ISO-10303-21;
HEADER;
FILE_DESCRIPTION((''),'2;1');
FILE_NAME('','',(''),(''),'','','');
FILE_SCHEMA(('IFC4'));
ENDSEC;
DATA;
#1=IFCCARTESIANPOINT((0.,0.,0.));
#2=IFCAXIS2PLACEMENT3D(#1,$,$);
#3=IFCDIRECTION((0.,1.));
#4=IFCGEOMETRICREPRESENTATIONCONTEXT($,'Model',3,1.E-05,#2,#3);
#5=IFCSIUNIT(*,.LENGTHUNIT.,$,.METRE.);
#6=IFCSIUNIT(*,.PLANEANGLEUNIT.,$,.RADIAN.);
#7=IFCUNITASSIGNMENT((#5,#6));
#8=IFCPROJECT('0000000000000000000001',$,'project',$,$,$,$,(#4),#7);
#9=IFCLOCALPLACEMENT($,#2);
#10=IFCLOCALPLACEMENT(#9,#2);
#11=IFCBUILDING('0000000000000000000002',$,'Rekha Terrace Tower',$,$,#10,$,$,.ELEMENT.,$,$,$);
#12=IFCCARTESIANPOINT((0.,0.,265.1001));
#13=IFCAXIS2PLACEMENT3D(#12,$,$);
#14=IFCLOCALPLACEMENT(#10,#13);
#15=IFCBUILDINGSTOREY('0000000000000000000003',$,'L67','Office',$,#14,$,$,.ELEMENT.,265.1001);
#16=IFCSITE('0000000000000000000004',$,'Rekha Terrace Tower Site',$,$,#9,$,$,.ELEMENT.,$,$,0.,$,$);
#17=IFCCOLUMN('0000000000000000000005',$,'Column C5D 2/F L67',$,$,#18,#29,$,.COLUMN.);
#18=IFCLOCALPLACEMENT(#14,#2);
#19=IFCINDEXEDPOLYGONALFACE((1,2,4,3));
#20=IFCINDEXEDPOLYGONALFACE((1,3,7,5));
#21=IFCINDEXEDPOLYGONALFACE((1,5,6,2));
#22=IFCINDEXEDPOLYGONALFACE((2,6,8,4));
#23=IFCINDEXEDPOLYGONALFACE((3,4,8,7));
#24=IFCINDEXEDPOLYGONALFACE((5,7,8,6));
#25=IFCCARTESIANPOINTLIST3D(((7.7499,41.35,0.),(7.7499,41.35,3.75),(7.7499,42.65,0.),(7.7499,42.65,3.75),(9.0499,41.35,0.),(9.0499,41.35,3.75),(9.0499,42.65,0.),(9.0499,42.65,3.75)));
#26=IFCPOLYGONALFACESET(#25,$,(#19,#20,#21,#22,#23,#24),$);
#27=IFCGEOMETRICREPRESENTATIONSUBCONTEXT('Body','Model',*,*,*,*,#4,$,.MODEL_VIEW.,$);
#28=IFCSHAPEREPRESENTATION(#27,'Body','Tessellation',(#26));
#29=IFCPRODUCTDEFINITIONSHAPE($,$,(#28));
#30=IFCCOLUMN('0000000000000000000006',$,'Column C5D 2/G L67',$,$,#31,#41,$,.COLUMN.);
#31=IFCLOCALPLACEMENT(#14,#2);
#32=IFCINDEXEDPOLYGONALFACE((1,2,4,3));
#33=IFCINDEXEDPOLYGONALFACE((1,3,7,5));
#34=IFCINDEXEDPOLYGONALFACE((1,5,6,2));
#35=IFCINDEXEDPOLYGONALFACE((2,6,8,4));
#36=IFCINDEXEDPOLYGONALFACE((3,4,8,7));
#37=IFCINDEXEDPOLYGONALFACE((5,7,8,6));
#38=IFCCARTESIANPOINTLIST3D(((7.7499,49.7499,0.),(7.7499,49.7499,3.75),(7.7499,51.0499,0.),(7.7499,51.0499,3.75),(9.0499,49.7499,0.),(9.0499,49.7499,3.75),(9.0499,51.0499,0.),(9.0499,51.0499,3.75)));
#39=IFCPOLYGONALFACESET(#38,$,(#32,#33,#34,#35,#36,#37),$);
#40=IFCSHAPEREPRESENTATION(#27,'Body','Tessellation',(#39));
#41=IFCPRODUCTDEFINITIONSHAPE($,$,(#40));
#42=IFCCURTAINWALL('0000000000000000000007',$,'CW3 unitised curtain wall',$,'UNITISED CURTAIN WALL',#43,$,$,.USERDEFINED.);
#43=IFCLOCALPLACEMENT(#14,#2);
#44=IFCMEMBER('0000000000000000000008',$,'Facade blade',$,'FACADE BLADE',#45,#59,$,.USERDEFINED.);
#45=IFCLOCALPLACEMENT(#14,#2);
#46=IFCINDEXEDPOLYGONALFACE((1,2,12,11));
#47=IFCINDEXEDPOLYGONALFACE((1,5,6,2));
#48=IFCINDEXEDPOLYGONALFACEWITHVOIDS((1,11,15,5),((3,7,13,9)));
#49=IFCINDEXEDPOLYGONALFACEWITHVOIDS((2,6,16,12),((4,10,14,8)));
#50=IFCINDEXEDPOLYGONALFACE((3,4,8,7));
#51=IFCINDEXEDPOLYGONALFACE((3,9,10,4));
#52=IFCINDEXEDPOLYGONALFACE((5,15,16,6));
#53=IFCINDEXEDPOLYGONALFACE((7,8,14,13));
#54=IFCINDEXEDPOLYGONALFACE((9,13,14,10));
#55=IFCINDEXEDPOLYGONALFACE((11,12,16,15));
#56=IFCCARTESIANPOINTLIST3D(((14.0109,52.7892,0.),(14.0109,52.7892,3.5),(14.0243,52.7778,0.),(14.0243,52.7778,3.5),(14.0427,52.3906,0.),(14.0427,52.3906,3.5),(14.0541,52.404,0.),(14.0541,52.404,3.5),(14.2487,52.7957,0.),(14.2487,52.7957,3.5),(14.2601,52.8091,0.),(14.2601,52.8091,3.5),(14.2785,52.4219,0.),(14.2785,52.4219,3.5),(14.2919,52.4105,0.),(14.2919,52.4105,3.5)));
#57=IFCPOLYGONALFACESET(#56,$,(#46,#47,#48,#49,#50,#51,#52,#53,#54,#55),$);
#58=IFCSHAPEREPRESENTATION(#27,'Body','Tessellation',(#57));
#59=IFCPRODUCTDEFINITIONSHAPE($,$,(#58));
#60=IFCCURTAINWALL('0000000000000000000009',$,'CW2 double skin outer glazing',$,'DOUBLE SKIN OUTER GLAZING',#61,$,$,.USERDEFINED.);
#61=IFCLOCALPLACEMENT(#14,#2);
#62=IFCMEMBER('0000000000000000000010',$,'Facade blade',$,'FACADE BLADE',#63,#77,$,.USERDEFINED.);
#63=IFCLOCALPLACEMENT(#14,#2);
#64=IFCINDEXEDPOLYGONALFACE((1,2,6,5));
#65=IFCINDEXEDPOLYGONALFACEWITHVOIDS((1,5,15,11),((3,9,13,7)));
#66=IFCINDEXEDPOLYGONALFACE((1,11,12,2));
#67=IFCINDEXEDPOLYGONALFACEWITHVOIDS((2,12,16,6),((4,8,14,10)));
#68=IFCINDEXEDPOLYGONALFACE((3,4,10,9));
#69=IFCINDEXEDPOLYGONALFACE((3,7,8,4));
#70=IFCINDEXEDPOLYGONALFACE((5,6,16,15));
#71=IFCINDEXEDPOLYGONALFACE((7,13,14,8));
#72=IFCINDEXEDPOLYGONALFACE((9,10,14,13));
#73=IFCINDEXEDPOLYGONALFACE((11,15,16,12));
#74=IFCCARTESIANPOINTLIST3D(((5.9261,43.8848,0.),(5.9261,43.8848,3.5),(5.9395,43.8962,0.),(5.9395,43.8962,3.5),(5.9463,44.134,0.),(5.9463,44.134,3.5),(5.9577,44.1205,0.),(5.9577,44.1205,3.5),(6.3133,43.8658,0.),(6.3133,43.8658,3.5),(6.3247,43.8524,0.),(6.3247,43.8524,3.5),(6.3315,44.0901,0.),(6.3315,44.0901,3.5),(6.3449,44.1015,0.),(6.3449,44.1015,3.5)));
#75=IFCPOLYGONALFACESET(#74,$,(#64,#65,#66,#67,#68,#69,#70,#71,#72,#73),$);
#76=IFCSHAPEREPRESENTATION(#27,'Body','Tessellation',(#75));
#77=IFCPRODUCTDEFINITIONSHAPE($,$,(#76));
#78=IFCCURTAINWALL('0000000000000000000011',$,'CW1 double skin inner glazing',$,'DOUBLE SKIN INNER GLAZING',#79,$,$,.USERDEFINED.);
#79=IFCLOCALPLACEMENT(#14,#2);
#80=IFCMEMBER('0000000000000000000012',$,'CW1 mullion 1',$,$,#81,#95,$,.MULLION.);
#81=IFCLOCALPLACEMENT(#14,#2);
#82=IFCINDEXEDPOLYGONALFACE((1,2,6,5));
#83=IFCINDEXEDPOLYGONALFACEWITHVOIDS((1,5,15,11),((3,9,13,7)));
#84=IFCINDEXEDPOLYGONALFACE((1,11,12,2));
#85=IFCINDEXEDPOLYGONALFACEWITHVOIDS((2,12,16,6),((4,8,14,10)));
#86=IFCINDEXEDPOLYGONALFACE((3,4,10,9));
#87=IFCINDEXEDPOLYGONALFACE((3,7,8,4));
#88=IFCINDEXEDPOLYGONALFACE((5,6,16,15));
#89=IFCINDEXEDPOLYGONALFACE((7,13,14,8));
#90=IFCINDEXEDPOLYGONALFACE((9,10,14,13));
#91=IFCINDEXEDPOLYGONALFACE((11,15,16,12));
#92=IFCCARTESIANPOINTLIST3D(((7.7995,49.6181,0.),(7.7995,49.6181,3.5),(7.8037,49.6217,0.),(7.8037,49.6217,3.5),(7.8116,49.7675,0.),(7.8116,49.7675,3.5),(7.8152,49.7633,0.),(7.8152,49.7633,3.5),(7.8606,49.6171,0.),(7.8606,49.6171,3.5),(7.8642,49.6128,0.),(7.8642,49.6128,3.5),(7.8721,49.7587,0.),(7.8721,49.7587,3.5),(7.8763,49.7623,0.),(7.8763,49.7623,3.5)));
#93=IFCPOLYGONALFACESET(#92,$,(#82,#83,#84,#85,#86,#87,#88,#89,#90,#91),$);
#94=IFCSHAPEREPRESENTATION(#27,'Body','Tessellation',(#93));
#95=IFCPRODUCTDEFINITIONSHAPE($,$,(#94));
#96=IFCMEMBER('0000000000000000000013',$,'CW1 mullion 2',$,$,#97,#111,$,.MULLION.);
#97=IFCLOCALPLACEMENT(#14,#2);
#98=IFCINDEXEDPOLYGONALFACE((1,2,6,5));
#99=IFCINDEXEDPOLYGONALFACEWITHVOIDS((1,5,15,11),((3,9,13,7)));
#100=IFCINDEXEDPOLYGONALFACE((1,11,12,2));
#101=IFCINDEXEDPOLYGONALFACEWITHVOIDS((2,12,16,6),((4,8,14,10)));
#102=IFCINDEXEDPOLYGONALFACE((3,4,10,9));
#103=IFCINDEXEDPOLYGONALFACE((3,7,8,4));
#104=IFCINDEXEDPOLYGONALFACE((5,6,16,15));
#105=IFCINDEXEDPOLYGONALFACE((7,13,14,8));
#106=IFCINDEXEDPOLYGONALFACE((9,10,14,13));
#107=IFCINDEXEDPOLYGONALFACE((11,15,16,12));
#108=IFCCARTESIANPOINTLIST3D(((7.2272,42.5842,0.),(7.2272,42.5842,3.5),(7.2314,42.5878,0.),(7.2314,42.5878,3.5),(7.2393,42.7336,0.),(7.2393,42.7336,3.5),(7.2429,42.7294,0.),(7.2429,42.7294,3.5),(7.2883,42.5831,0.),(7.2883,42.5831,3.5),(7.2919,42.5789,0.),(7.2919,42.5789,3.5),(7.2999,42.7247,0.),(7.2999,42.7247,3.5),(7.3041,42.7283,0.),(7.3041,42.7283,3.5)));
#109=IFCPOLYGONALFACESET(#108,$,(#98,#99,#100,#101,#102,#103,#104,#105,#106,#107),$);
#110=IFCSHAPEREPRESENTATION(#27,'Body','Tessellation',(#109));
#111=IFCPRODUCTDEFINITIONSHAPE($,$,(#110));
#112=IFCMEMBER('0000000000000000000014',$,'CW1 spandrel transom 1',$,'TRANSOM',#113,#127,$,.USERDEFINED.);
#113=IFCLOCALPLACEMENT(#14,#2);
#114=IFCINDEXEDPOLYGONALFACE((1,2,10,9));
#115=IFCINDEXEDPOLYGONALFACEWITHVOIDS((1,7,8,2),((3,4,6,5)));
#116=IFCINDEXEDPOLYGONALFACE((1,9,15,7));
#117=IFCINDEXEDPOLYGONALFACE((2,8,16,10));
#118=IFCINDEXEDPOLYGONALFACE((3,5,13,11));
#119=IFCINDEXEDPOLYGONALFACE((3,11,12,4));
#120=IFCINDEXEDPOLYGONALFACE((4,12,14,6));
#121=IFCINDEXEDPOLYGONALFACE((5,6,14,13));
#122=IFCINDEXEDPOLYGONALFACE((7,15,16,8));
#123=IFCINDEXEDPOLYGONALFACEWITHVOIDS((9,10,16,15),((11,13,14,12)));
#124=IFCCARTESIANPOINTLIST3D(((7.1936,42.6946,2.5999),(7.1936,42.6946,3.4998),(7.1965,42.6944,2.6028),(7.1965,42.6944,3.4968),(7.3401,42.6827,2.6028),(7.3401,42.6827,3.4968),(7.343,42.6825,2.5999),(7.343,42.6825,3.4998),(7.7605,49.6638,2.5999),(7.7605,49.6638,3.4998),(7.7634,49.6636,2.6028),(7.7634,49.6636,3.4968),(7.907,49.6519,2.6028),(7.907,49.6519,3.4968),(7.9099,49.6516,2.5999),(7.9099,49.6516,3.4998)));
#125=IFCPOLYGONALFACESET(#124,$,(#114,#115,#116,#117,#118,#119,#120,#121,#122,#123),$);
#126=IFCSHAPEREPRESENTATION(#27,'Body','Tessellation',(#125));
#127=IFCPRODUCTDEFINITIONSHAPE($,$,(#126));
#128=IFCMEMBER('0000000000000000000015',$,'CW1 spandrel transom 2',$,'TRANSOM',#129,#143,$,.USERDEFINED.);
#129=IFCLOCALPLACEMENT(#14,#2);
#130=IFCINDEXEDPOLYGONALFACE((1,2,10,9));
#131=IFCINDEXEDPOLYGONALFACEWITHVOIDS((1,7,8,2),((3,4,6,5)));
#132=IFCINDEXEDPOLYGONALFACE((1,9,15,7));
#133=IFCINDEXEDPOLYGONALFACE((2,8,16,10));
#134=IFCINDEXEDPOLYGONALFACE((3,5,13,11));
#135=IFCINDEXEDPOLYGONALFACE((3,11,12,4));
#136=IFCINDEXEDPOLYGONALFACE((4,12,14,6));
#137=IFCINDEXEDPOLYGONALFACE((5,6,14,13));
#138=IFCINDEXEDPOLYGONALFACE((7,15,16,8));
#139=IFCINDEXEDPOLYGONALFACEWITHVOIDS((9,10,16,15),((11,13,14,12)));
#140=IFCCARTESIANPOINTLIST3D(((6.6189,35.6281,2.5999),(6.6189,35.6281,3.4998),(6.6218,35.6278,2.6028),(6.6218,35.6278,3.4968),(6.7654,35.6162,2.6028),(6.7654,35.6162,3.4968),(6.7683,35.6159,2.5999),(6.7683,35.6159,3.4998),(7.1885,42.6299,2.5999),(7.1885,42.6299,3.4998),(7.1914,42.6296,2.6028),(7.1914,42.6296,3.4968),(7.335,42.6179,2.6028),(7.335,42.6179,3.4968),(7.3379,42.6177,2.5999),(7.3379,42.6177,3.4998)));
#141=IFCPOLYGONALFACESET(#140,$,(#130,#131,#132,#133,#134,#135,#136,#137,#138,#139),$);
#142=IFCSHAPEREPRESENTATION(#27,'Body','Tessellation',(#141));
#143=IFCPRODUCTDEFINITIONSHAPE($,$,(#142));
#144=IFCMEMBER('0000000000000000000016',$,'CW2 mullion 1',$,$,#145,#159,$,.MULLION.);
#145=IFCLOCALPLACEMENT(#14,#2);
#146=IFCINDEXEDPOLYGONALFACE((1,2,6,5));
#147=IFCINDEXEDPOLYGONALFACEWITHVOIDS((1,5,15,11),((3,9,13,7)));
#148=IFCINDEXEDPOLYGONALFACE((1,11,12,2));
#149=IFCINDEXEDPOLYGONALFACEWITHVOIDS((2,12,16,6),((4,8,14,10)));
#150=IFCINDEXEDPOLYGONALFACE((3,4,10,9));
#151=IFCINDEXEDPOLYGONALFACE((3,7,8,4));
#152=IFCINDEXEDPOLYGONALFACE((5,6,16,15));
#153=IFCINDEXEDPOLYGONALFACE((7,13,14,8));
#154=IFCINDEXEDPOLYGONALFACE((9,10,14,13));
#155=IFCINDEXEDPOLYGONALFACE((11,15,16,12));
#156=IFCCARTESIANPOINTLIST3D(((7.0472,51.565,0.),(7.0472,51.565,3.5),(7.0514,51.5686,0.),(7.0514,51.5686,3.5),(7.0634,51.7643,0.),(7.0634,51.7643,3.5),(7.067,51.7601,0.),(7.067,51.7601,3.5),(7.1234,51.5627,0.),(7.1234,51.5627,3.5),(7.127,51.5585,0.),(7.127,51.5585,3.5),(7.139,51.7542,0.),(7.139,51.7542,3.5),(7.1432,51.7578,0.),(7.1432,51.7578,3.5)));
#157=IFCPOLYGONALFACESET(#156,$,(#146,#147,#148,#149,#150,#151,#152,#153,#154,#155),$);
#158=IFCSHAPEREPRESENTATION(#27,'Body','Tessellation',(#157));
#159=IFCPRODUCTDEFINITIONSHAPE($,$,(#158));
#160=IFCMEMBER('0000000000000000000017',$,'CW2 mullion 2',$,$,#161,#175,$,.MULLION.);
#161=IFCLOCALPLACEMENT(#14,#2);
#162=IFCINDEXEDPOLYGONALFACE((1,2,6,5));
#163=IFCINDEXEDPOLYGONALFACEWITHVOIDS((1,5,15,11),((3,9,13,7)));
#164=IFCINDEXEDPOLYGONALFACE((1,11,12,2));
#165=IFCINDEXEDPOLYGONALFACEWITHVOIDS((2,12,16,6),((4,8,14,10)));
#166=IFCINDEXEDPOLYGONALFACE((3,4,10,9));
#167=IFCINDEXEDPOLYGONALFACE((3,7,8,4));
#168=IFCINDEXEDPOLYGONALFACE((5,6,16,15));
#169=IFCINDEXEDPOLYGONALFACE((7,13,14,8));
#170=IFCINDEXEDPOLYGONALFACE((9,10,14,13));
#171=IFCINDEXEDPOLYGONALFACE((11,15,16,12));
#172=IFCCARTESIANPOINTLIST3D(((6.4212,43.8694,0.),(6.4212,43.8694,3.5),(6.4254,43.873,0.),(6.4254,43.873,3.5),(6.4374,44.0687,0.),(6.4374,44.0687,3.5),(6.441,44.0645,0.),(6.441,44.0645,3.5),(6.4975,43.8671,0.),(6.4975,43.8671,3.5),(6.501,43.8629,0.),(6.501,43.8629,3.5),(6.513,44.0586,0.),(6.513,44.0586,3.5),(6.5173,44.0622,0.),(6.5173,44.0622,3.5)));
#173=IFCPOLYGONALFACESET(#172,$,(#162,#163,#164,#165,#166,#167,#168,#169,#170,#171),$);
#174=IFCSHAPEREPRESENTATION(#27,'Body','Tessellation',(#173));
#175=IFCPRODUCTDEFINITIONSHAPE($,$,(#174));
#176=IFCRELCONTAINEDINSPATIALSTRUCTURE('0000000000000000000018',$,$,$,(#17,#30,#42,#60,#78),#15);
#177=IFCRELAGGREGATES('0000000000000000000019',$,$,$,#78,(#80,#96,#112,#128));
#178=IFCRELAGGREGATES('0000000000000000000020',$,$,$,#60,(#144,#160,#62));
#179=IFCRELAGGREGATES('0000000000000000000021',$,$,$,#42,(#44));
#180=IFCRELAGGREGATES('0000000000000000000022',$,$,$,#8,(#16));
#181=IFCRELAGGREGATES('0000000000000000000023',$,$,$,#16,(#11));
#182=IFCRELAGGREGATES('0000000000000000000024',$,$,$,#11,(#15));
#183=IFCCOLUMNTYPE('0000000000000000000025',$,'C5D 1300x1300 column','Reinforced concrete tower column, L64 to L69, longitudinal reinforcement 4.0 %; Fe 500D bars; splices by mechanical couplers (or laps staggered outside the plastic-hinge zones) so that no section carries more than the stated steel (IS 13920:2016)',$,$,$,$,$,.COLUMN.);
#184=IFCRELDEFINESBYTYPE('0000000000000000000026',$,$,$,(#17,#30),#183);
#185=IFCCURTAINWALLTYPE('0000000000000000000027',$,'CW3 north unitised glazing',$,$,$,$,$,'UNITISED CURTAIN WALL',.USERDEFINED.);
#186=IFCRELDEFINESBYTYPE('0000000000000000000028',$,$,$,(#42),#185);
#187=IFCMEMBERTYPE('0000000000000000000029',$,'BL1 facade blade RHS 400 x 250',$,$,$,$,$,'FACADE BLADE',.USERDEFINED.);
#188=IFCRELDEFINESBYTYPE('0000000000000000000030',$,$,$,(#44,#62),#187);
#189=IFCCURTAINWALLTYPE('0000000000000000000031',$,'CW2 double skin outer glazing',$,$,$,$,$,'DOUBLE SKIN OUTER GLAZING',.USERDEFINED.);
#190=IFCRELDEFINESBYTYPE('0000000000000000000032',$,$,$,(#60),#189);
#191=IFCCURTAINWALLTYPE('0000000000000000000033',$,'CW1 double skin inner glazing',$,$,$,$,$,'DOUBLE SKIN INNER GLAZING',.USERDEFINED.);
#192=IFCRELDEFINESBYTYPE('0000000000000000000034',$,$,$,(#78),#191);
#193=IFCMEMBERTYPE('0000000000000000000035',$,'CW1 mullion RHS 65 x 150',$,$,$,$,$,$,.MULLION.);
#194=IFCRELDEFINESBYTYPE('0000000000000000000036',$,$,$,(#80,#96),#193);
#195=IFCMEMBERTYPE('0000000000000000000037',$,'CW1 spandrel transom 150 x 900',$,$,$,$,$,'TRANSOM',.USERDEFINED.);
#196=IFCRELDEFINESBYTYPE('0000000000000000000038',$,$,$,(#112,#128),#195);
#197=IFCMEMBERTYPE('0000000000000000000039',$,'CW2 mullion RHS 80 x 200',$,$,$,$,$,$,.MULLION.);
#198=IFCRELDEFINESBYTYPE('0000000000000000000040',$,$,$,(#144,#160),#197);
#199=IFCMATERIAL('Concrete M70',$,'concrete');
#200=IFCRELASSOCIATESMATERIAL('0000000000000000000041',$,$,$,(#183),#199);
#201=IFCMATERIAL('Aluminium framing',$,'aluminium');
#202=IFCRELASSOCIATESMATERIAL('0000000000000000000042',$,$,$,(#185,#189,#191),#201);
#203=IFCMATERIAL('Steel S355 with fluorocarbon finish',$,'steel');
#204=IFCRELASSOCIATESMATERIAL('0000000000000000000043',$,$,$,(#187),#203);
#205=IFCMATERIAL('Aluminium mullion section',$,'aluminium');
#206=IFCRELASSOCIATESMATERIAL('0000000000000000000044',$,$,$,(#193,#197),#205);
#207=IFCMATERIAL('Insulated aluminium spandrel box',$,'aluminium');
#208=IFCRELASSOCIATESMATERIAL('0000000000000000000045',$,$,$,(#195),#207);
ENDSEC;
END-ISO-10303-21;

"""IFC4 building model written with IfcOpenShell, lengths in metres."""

from ifc_helpers import new_model, si_unit, direction, frame, origin, origin_2d, place, context, subcontext, project, spatial, rectangle, hollow_rectangle, extrude, material, material_profile, profile_set, type_object, element, aggregate, save


model = new_model("IFC4")

# Units and contexts
model_context = context("Model", 3, precision=1e-05, world=origin(), true_north=direction((0.0, 1.0)))
body_context = subcontext(model_context, "Body", "Model", "MODEL_VIEW")
ifc_project = project(units=[si_unit("LENGTHUNIT", "METRE"), si_unit("PLANEANGLEUNIT", "RADIAN")], contexts=[model_context])

# Site, building, storey
site_placement = place(None, origin())
site = spatial("IfcSite", under=ifc_project, at=site_placement, Name="Rekha Terrace Tower Site", CompositionType="ELEMENT", RefElevation=0.0)
building_placement = place(site_placement, origin())
building = spatial("IfcBuilding", under=site, at=building_placement, Name="Rekha Terrace Tower", CompositionType="ELEMENT")
storey_placement = place(building_placement, frame((0.0, 0.0, 265.1001)))
storey = spatial("IfcBuildingStorey", under=building, at=storey_placement, Name="L67", Description="Office", CompositionType="ELEMENT", Elevation=265.1001)

# Columns
ifc_material_1 = material(Name="Concrete M70", Category="concrete")
ifc_material_profile_1 = material_profile(ifc_material_1, rectangle(XDim=1.3, YDim=1.3, at=origin_2d()), Name="RC 1300x1300")
ifc_profile_set_1 = profile_set([ifc_material_profile_1], Name="Concrete M70")
column_type = type_object("IfcColumnType", Name="C5D 1300x1300 column", Description="Reinforced concrete tower column, L64 to L69, longitudinal reinforcement 4.0 %; Fe 500D bars; splices by mechanical couplers (or laps staggered outside the plastic-hinge zones) so that no section carries more than the stated steel (IS 13920:2016)", PredefinedType="COLUMN", material=ifc_profile_set_1)
for number, where, z_axis, x_axis, name in (
    (1, (8.3999, 42.0, 0.0), (0.0, 0.0, 1.0), (1.0, 0.0, 0.0), "Column C5D 2/F L67"),
    (2, (8.3999, 50.3999, 0.0), (0.0, 0.0, 1.0), (1.0, 0.0, 0.0), "Column C5D 2/G L67"),
):
    element("IfcColumn", number, at=place(storey_placement, frame(where, z_axis=z_axis, x_axis=x_axis)), inside=storey, type_object=column_type, Name=name, PredefinedType="COLUMN", context=body_context, shape_type="SweptSolid", body=[
        extrude(rectangle(XDim=1.3, YDim=1.3, at=origin_2d()), origin(), (0.0, 0.0, 1.0), 3.75),
    ])

# Curtain walls, members
ifc_material_2 = material(Name="Aluminium framing", Category="aluminium")
curtain_wall_type_1 = type_object("IfcCurtainWallType", Name="CW3 north unitised glazing", ElementType="UNITISED CURTAIN WALL", PredefinedType="USERDEFINED", material=ifc_material_2)
curtain_wall_1_placement = place(storey_placement, origin())
curtain_wall_1 = element("IfcCurtainWall", 3, at=curtain_wall_1_placement, inside=storey, type_object=curtain_wall_type_1, Name="CW3 unitised curtain wall", ObjectType="UNITISED CURTAIN WALL", PredefinedType="USERDEFINED")
ifc_material_3 = material(Name="Steel S355 with fluorocarbon finish", Category="steel")
ifc_material_profile_2 = material_profile(ifc_material_3, hollow_rectangle(XDim=0.25, YDim=0.3999, WallThickness=0.0125, at=origin_2d()), Name="RHS400x250x12.5")
ifc_profile_set_2 = profile_set([ifc_material_profile_2], Name="Steel S355 with fluorocarbon finish")
member_type_1 = type_object("IfcMemberType", Name="BL1 facade blade RHS 400 x 250", ElementType="FACADE BLADE", PredefinedType="USERDEFINED", material=ifc_profile_set_2)
member_1_placement = place(storey_placement, frame((14.1514, 52.5999, 0.0), z_axis=(0.0, 0.0, 1.0), x_axis=(-0.996836, -0.079486, 0.0)))
member_1 = element("IfcMember", 4, at=member_1_placement, type_object=member_type_1, Name="Facade blade", ObjectType="FACADE BLADE", PredefinedType="USERDEFINED", context=body_context, shape_type="SweptSolid", body=[
    extrude(hollow_rectangle(XDim=0.25, YDim=0.3999, WallThickness=0.0125, at=origin_2d()), origin(), (0.0, 0.0, 1.0), 3.5),
])
curtain_wall_type_2 = type_object("IfcCurtainWallType", Name="CW2 double skin outer glazing", ElementType="DOUBLE SKIN OUTER GLAZING", PredefinedType="USERDEFINED", material=ifc_material_2)
curtain_wall_2_placement = place(storey_placement, origin())
curtain_wall_2 = element("IfcCurtainWall", 5, at=curtain_wall_2_placement, inside=storey, type_object=curtain_wall_type_2, Name="CW2 double skin outer glazing", ObjectType="DOUBLE SKIN OUTER GLAZING", PredefinedType="USERDEFINED")
member_2_placement = place(storey_placement, frame((6.1355, 43.9932, 0.0), z_axis=(0.0, 0.0, 1.0), x_axis=(-0.081069, -0.996709, 0.0)))
member_2 = element("IfcMember", 6, at=member_2_placement, type_object=member_type_1, Name="Facade blade", ObjectType="FACADE BLADE", PredefinedType="USERDEFINED", context=body_context, shape_type="SweptSolid", body=[
    extrude(hollow_rectangle(XDim=0.25, YDim=0.3999, WallThickness=0.0125, at=origin_2d()), origin(), (0.0, 0.0, 1.0), 3.5),
])

# Curtain wall, members
curtain_wall_type_3 = type_object("IfcCurtainWallType", Name="CW1 double skin inner glazing", ElementType="DOUBLE SKIN INNER GLAZING", PredefinedType="USERDEFINED", material=ifc_material_2)
curtain_wall_3_placement = place(storey_placement, origin())
curtain_wall_3 = element("IfcCurtainWall", 7, at=curtain_wall_3_placement, inside=storey, type_object=curtain_wall_type_3, Name="CW1 double skin inner glazing", ObjectType="DOUBLE SKIN INNER GLAZING", PredefinedType="USERDEFINED")
ifc_material_4 = material(Name="Aluminium mullion section", Category="aluminium")
ifc_material_profile_3 = material_profile(ifc_material_4, hollow_rectangle(XDim=0.0649, YDim=0.1499, WallThickness=0.0039, at=origin_2d()), Name="AL RHS 65x150")
ifc_profile_set_3 = profile_set([ifc_material_profile_3], Name="Aluminium mullion section")
member_type_2 = type_object("IfcMemberType", Name="CW1 mullion RHS 65 x 150", PredefinedType="MULLION", material=ifc_profile_set_3)
member_3_placement = place(storey_placement, frame((7.8379, 49.6902, 0.0), z_axis=(0.0, 0.0, 1.0), x_axis=(0.996709, -0.081068, 0.0)))
member_3 = element("IfcMember", 8, at=member_3_placement, type_object=member_type_2, Name="CW1 mullion 1", PredefinedType="MULLION", context=body_context, shape_type="SweptSolid", body=[
    extrude(hollow_rectangle(XDim=0.0649, YDim=0.1499, WallThickness=0.0039, at=origin_2d()), origin(), (0.0, 0.0, 1.0), 3.5),
])
member_4_placement = place(storey_placement, frame((7.2656, 42.6562, 0.0), z_axis=(0.0, 0.0, 1.0), x_axis=(0.996709, -0.081068, 0.0)))
member_4 = element("IfcMember", 9, at=member_4_placement, type_object=member_type_2, Name="CW1 mullion 2", PredefinedType="MULLION", context=body_context, shape_type="SweptSolid", body=[
    extrude(hollow_rectangle(XDim=0.0649, YDim=0.1499, WallThickness=0.0039, at=origin_2d()), origin(), (0.0, 0.0, 1.0), 3.5),
])
ifc_material_5 = material(Name="Insulated aluminium spandrel box", Category="aluminium")
ifc_material_profile_4 = material_profile(ifc_material_5, hollow_rectangle(XDim=0.1499, YDim=0.8999, WallThickness=0.0029, at=origin_2d()), Name="AL SPANDREL BOX 150x900")
ifc_profile_set_4 = profile_set([ifc_material_profile_4], Name="Insulated aluminium spandrel box")
member_type_3 = type_object("IfcMemberType", Name="CW1 spandrel transom 150 x 900", ElementType="TRANSOM", PredefinedType="USERDEFINED", material=ifc_profile_set_4)
member_5_placement = place(storey_placement, frame((7.8352, 49.6577, 3.0498), z_axis=(-0.081075, -0.996708, 0.0), x_axis=(0.996708, -0.081075, 0.0)))
member_5 = element("IfcMember", 10, at=member_5_placement, type_object=member_type_3, Name="CW1 spandrel transom 1", ObjectType="TRANSOM", PredefinedType="USERDEFINED", context=body_context, shape_type="SweptSolid", body=[
    extrude(hollow_rectangle(XDim=0.1499, YDim=0.8999, WallThickness=0.0029, at=origin_2d()), origin(), (0.0, 0.0, 1.0), 6.9922),
])
member_6_placement = place(storey_placement, frame((7.2632, 42.6238, 3.0498), z_axis=(-0.081081, -0.996708, 0.0), x_axis=(0.996708, -0.081081, 0.0)))
member_6 = element("IfcMember", 11, at=member_6_placement, type_object=member_type_3, Name="CW1 spandrel transom 2", ObjectType="TRANSOM", PredefinedType="USERDEFINED", context=body_context, shape_type="SweptSolid", body=[
    extrude(hollow_rectangle(XDim=0.1499, YDim=0.8999, WallThickness=0.0029, at=origin_2d()), origin(), (0.0, 0.0, 1.0), 7.0249),
])

# Members
ifc_material_profile_5 = material_profile(ifc_material_4, hollow_rectangle(XDim=0.0801, YDim=0.2, WallThickness=0.0039, at=origin_2d()), Name="AL RHS 80x200")
ifc_profile_set_5 = profile_set([ifc_material_profile_5], Name="Aluminium mullion section")
member_type_4 = type_object("IfcMemberType", Name="CW2 mullion RHS 80 x 200", PredefinedType="MULLION", material=ifc_profile_set_5)
member_7_placement = place(storey_placement, frame((7.0952, 51.6614, 0.0), z_axis=(0.0, 0.0, 1.0), x_axis=(0.996709, -0.081068, 0.0)))
member_7 = element("IfcMember", 12, at=member_7_placement, type_object=member_type_4, Name="CW2 mullion 1", PredefinedType="MULLION", context=body_context, shape_type="SweptSolid", body=[
    extrude(hollow_rectangle(XDim=0.0801, YDim=0.2, WallThickness=0.0039, at=origin_2d()), origin(), (0.0, 0.0, 1.0), 3.5),
])
member_8_placement = place(storey_placement, frame((6.4692, 43.9658, 0.0), z_axis=(0.0, 0.0, 1.0), x_axis=(0.996709, -0.081068, 0.0)))
member_8 = element("IfcMember", 13, at=member_8_placement, type_object=member_type_4, Name="CW2 mullion 2", PredefinedType="MULLION", context=body_context, shape_type="SweptSolid", body=[
    extrude(hollow_rectangle(XDim=0.0801, YDim=0.2, WallThickness=0.0039, at=origin_2d()), origin(), (0.0, 0.0, 1.0), 3.5),
])

aggregate(curtain_wall_3, [member_3, member_4, member_5, member_6])
aggregate(curtain_wall_2, [member_7, member_8, member_2])
aggregate(curtain_wall_1, [member_1])

save(model, "model.ifc")
